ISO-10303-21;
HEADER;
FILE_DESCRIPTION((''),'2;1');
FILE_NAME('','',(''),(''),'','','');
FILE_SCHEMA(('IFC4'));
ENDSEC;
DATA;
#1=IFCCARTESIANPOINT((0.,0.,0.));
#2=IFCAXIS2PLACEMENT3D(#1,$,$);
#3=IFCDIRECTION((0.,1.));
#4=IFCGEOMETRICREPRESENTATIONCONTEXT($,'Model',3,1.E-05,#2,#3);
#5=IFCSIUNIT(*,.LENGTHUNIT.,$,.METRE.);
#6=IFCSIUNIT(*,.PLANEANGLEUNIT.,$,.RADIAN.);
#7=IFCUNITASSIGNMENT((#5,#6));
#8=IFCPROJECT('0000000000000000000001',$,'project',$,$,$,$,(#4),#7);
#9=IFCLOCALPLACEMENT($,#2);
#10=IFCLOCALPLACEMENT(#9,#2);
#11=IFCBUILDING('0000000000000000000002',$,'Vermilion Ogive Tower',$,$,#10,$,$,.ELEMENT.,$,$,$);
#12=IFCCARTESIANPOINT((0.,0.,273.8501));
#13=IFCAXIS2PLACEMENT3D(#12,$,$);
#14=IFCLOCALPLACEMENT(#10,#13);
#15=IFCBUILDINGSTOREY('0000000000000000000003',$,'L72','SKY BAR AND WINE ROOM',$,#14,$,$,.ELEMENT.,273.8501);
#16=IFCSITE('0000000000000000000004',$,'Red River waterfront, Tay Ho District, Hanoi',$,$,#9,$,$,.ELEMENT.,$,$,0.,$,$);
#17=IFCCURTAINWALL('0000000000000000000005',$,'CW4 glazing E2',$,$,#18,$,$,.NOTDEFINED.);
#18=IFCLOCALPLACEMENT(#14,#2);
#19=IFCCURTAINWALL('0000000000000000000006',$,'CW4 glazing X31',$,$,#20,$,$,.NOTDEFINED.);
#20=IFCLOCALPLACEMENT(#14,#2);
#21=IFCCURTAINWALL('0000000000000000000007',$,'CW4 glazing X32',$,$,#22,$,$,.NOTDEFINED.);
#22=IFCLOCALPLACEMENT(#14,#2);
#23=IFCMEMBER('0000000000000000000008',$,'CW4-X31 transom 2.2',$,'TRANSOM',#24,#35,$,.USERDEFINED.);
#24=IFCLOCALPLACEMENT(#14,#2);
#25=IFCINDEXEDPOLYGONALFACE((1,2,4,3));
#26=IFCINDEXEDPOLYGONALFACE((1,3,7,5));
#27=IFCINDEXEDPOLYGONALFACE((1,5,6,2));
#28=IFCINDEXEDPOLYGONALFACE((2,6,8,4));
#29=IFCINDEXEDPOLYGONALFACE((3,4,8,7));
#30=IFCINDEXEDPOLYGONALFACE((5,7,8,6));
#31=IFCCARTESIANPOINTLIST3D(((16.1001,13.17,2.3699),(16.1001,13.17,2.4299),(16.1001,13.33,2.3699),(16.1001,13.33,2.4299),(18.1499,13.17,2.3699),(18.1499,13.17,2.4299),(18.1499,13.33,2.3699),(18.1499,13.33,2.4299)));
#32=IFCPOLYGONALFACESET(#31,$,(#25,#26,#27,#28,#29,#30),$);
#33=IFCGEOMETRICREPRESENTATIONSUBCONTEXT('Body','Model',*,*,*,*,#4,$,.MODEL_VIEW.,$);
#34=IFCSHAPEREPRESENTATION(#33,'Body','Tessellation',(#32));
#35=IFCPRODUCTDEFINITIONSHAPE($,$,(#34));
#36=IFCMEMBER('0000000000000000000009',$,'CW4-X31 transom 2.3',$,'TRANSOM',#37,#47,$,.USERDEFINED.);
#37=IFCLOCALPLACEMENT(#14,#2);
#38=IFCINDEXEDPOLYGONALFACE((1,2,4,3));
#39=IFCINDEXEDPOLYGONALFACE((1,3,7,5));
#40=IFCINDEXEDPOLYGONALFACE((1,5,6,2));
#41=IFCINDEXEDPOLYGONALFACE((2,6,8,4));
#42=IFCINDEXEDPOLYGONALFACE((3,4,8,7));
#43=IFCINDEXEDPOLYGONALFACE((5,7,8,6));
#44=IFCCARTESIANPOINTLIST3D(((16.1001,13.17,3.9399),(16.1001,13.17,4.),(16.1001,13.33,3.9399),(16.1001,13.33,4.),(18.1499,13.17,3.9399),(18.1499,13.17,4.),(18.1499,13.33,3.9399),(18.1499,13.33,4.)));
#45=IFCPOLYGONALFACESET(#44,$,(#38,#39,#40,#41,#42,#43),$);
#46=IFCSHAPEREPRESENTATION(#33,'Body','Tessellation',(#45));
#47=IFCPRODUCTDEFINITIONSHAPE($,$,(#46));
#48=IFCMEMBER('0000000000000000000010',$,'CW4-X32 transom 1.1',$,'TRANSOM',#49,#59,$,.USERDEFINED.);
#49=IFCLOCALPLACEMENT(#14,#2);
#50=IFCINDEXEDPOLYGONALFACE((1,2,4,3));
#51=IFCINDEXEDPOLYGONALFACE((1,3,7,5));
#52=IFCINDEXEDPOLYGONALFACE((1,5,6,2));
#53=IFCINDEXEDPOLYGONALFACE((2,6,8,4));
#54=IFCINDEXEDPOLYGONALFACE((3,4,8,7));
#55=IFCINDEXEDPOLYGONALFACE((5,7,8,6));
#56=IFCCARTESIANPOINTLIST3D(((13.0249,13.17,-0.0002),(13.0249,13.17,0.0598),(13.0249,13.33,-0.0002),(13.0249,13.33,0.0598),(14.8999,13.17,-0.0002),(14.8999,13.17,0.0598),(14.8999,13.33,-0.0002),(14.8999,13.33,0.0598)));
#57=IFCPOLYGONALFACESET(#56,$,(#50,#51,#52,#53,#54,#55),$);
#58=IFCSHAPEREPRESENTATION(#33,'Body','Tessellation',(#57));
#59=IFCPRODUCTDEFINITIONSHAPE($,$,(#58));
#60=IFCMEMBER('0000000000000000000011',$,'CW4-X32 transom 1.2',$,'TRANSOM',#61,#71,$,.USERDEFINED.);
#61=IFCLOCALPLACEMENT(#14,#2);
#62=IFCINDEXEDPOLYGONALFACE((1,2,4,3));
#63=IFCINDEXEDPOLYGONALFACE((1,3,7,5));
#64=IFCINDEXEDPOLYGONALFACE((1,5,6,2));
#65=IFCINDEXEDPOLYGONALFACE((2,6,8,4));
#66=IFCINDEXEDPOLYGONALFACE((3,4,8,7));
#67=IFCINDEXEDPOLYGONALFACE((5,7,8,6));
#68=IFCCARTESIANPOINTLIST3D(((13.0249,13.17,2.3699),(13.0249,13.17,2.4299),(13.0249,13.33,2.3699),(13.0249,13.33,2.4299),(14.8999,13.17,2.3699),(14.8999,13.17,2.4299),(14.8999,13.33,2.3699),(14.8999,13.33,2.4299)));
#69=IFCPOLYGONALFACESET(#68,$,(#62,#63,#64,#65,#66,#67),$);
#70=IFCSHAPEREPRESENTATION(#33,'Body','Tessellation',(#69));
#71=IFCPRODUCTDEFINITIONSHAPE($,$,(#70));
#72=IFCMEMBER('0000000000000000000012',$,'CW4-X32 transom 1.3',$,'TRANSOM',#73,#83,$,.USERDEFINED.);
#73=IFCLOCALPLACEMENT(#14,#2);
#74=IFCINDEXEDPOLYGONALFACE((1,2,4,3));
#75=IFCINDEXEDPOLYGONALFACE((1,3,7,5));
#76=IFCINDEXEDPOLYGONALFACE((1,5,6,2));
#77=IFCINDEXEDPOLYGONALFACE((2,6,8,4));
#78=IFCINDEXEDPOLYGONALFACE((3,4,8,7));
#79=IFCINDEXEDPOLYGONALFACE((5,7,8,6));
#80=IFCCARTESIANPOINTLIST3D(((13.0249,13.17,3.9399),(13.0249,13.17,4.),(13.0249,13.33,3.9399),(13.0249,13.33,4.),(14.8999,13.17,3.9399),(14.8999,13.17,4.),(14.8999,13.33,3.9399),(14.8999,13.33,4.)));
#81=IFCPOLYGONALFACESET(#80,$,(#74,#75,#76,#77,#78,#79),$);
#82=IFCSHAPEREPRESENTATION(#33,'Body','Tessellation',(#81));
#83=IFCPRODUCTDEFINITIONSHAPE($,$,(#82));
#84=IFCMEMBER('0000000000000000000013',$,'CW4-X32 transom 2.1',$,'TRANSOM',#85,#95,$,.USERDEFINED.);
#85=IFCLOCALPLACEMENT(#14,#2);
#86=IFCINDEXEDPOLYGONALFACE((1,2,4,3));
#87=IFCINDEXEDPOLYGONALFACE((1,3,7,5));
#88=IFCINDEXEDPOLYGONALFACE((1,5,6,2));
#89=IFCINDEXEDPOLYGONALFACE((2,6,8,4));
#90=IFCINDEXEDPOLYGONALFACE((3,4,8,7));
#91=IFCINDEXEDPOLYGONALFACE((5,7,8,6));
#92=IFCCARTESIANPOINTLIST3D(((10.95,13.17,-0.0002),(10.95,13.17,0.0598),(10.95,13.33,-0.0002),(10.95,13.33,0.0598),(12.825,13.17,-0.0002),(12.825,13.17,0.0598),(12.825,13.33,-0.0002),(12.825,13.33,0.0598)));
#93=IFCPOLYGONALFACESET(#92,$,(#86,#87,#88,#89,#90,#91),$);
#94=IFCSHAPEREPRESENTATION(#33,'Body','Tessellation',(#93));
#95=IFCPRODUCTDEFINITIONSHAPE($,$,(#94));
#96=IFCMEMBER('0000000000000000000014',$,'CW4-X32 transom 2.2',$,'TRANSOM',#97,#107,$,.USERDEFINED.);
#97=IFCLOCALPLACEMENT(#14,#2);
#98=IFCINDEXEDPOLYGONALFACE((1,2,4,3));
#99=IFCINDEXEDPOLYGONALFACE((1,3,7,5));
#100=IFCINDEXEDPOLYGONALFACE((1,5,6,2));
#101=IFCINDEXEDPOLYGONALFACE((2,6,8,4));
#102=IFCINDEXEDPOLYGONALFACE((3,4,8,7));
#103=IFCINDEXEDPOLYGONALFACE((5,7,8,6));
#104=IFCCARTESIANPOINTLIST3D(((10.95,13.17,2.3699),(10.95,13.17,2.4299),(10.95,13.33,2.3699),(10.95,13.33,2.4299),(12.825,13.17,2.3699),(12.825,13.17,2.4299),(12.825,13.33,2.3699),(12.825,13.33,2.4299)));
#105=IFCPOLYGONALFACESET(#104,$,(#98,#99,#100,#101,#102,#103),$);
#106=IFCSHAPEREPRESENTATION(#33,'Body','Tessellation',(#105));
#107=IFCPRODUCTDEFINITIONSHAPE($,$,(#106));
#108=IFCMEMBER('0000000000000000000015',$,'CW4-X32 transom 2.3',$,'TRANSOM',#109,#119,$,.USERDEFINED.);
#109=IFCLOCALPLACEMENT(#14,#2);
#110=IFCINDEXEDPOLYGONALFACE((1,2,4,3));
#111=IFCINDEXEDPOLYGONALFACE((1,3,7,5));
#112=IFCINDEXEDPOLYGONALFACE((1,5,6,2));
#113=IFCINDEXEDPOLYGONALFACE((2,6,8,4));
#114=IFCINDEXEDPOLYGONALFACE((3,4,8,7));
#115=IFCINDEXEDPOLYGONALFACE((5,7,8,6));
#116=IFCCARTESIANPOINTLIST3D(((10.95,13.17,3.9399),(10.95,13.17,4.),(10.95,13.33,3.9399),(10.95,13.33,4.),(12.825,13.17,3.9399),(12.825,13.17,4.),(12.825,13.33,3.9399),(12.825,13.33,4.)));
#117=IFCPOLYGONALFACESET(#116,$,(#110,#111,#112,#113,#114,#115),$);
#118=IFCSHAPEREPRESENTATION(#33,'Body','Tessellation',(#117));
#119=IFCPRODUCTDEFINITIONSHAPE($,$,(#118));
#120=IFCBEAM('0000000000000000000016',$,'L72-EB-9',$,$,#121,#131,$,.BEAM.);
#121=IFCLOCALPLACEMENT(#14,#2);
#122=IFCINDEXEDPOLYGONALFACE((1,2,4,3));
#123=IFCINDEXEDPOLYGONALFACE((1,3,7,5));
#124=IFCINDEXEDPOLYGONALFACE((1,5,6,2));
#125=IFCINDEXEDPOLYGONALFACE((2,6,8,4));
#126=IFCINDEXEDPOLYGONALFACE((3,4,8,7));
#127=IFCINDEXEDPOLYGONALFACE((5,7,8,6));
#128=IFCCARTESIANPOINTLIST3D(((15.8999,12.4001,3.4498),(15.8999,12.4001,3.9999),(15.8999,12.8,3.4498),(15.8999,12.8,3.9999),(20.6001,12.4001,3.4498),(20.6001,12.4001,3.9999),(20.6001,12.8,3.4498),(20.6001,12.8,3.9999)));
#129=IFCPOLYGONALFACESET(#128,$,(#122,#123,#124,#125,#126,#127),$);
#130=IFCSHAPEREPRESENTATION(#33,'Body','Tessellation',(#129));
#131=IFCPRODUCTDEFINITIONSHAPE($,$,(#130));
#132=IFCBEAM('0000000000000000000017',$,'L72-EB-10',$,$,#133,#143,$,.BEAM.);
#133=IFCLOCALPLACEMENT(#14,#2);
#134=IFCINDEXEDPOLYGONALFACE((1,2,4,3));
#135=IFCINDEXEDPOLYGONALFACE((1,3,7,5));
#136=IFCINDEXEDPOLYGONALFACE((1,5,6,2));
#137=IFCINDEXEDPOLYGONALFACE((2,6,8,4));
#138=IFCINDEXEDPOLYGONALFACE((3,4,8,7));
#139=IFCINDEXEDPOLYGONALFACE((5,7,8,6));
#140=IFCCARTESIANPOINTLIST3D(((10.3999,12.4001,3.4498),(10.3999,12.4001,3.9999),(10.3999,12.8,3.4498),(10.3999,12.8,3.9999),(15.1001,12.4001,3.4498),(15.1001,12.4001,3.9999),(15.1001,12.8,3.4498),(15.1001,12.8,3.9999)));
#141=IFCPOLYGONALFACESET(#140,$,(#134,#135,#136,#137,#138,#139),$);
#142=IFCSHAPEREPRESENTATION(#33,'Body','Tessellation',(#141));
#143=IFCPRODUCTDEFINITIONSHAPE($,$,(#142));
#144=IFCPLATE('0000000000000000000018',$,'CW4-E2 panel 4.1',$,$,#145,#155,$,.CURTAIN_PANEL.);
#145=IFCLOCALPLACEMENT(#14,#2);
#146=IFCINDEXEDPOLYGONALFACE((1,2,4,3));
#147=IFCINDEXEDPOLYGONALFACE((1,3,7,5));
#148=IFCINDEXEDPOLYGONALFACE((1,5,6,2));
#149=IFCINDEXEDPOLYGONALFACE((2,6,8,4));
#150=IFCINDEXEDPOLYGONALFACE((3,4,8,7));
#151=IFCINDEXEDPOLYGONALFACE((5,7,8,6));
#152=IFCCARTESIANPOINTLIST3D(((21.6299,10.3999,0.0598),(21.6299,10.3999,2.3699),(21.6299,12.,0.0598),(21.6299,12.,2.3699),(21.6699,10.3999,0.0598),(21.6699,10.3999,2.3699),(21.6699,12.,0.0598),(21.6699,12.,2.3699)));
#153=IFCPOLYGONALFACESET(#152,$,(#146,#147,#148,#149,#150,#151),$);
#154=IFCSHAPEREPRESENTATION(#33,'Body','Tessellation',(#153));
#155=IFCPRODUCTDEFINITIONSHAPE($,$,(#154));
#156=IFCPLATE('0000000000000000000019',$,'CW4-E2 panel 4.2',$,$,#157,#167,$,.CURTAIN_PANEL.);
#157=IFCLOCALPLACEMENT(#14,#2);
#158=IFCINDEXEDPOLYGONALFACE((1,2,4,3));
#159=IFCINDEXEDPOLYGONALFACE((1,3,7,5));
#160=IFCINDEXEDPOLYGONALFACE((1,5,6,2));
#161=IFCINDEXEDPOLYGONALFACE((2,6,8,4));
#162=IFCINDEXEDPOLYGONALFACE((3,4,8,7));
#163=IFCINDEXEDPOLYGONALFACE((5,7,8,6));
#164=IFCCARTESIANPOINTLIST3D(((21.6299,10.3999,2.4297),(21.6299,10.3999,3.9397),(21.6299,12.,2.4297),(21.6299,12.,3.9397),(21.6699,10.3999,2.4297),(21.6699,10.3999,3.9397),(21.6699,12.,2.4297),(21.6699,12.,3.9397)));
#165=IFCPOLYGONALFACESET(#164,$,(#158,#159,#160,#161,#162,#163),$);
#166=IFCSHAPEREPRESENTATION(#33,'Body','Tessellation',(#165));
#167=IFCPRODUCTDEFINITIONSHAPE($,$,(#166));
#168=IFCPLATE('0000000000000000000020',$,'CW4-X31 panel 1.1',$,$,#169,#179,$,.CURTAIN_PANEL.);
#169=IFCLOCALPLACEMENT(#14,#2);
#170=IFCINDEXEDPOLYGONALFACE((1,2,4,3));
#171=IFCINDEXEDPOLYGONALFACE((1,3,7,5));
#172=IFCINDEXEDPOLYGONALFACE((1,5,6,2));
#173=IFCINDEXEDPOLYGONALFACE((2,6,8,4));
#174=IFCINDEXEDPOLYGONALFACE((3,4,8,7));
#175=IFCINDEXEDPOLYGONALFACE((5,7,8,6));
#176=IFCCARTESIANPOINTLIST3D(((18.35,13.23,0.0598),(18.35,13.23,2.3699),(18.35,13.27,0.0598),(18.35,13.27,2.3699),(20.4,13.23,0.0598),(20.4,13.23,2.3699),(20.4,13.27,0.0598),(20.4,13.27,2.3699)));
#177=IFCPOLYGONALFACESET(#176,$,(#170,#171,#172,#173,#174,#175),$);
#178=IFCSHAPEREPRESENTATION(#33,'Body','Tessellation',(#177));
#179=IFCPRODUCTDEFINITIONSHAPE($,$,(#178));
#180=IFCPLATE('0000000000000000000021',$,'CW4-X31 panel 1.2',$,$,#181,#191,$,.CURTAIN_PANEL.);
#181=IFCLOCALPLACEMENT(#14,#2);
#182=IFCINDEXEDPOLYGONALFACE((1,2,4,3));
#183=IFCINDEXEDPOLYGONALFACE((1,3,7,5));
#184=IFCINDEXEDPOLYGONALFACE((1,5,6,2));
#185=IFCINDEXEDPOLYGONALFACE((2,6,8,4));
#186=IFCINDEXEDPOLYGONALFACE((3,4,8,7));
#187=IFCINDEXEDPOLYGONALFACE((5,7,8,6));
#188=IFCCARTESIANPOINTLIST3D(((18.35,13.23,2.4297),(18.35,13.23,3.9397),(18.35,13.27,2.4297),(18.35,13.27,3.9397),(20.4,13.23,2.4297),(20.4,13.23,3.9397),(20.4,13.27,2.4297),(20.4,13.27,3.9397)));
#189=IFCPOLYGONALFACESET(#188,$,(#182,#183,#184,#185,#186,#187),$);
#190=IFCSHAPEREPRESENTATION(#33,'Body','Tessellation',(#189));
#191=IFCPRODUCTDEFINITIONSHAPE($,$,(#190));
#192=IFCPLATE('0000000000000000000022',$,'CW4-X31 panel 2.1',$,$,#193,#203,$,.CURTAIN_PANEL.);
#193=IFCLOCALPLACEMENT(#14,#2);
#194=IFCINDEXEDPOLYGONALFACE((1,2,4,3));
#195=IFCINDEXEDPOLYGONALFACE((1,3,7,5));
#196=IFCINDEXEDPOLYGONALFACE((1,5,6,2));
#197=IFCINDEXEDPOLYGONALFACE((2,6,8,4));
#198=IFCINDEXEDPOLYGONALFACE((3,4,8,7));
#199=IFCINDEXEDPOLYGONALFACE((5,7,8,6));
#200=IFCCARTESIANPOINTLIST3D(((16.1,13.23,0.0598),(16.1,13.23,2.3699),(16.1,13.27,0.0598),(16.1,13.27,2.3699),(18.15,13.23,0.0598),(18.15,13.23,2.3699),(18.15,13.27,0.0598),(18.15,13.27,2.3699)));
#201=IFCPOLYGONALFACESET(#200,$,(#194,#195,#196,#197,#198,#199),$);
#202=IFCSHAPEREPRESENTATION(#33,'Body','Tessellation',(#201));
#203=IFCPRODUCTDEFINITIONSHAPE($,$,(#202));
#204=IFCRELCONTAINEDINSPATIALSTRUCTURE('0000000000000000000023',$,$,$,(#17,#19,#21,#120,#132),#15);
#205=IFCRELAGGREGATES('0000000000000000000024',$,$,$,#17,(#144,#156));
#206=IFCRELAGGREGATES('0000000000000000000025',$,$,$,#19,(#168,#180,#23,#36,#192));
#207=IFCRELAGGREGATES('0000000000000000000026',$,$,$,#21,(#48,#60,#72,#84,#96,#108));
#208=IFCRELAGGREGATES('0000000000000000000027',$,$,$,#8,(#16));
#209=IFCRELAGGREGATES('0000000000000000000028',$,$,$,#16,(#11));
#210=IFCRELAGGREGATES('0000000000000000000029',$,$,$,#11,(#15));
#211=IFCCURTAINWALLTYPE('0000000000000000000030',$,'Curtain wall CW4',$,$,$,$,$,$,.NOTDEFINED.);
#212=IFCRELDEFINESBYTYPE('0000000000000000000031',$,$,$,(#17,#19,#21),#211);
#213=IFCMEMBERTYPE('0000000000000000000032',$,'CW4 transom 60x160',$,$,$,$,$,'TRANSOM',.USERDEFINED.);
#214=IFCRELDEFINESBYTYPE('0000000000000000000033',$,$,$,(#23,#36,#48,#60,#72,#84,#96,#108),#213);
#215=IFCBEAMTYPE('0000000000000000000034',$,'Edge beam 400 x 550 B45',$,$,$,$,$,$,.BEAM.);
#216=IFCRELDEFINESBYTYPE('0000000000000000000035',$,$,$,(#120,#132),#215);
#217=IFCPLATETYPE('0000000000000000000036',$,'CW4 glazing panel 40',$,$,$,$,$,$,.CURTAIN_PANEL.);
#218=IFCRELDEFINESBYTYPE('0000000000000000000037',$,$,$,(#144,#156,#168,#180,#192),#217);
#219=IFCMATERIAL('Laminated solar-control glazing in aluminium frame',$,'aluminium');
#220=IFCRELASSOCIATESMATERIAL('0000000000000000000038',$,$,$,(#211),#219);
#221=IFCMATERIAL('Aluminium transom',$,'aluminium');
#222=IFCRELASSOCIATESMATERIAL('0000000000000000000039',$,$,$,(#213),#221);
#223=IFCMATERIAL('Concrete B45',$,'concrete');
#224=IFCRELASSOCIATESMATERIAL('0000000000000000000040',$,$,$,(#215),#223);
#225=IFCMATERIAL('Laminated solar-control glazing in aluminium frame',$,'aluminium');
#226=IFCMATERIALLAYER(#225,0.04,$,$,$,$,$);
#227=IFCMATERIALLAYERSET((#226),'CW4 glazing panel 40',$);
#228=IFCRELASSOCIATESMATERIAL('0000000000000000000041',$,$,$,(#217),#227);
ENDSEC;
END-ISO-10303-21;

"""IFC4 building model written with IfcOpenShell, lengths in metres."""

from ifc_helpers import new_model, si_unit, direction, frame, origin, origin_2d, place, context, subcontext, project, spatial, rectangle, extrude, material, layer, layer_set, material_profile, profile_set, type_object, element, aggregate, save


model = new_model("IFC4")

# Units and contexts
model_context = context("Model", 3, precision=1e-05, world=origin(), true_north=direction((0.0, 1.0)))
body_context = subcontext(model_context, "Body", "Model", "MODEL_VIEW")
ifc_project = project(units=[si_unit("LENGTHUNIT", "METRE"), si_unit("PLANEANGLEUNIT", "RADIAN")], contexts=[model_context])

# Site, building, storey
site_placement = place(None, origin())
site = spatial("IfcSite", under=ifc_project, at=site_placement, Name="Red River waterfront, Tay Ho District, Hanoi", CompositionType="ELEMENT", RefElevation=0.0)
building_placement = place(site_placement, origin())
building = spatial("IfcBuilding", under=site, at=building_placement, Name="Vermilion Ogive Tower", CompositionType="ELEMENT")
storey_placement = place(building_placement, frame((0.0, 0.0, 273.8501)))
storey = spatial("IfcBuildingStorey", under=building, at=storey_placement, Name="L72", Description="SKY BAR AND WINE ROOM", CompositionType="ELEMENT", Elevation=273.8501)

# Curtain wall
ifc_material_1 = material(Name="Laminated solar-control glazing in aluminium frame", Category="aluminium")
curtain_wall_type = type_object("IfcCurtainWallType", Name="Curtain wall CW4", PredefinedType="NOTDEFINED", material=ifc_material_1)
curtain_wall_1_placement = place(storey_placement, origin())
curtain_wall_1 = element("IfcCurtainWall", 1, at=curtain_wall_1_placement, inside=storey, type_object=curtain_wall_type, Name="CW4 glazing E2", PredefinedType="NOTDEFINED")

# Curtain walls
curtain_wall_2_placement = place(storey_placement, origin())
curtain_wall_2 = element("IfcCurtainWall", 2, at=curtain_wall_2_placement, inside=storey, type_object=curtain_wall_type, Name="CW4 glazing X31", PredefinedType="NOTDEFINED")
curtain_wall_3_placement = place(storey_placement, origin())
curtain_wall_3 = element("IfcCurtainWall", 3, at=curtain_wall_3_placement, inside=storey, type_object=curtain_wall_type, Name="CW4 glazing X32", PredefinedType="NOTDEFINED")

# Members
ifc_material_2 = material(Name="Aluminium transom", Category="aluminium")
ifc_material_profile_1 = material_profile(ifc_material_2, rectangle(XDim=0.1599, YDim=0.0601, at=origin_2d()), Name="AL 60x160")
ifc_profile_set_1 = profile_set([ifc_material_profile_1], Name="Aluminium transom")
member_type_1 = type_object("IfcMemberType", Name="CW4 transom 60x160", ElementType="TRANSOM", PredefinedType="USERDEFINED", material=ifc_profile_set_1)
member_1_placement = place(storey_placement, frame((18.1499, 13.25, 2.3999), z_axis=(-1.0, 0.0, 0.0), x_axis=(0.0, -1.0, 0.0)))
member_1 = element("IfcMember", 4, at=member_1_placement, type_object=member_type_1, Name="CW4-X31 transom 2.2", ObjectType="TRANSOM", PredefinedType="USERDEFINED", context=body_context, shape_type="SweptSolid", body=[
    extrude(rectangle(XDim=0.1599, YDim=0.0601, at=origin_2d()), origin(), (0.0, 0.0, 1.0), 2.0498),
])
member_2_placement = place(storey_placement, frame((18.1499, 13.25, 3.97), z_axis=(-1.0, 0.0, 0.0), x_axis=(0.0, -1.0, 0.0)))
member_2 = element("IfcMember", 5, at=member_2_placement, type_object=member_type_1, Name="CW4-X31 transom 2.3", ObjectType="TRANSOM", PredefinedType="USERDEFINED", context=body_context, shape_type="SweptSolid", body=[
    extrude(rectangle(XDim=0.1599, YDim=0.0601, at=origin_2d()), origin(), (0.0, 0.0, 1.0), 2.0498),
])
member_3_placement = place(storey_placement, frame((14.8999, 13.25, 0.0298), z_axis=(-1.0, 0.0, 0.0), x_axis=(0.0, -1.0, 0.0)))
member_3 = element("IfcMember", 6, at=member_3_placement, type_object=member_type_1, Name="CW4-X32 transom 1.1", ObjectType="TRANSOM", PredefinedType="USERDEFINED", context=body_context, shape_type="SweptSolid", body=[
    extrude(rectangle(XDim=0.1599, YDim=0.0601, at=origin_2d()), origin(), (0.0, 0.0, 1.0), 1.875),
])
member_4_placement = place(storey_placement, frame((14.8999, 13.25, 2.3999), z_axis=(-1.0, 0.0, 0.0), x_axis=(0.0, -1.0, 0.0)))
member_4 = element("IfcMember", 7, at=member_4_placement, type_object=member_type_1, Name="CW4-X32 transom 1.2", ObjectType="TRANSOM", PredefinedType="USERDEFINED", context=body_context, shape_type="SweptSolid", body=[
    extrude(rectangle(XDim=0.1599, YDim=0.0601, at=origin_2d()), origin(), (0.0, 0.0, 1.0), 1.875),
])
member_5_placement = place(storey_placement, frame((14.8999, 13.25, 3.97), z_axis=(-1.0, 0.0, 0.0), x_axis=(0.0, -1.0, 0.0)))
member_5 = element("IfcMember", 8, at=member_5_placement, type_object=member_type_1, Name="CW4-X32 transom 1.3", ObjectType="TRANSOM", PredefinedType="USERDEFINED", context=body_context, shape_type="SweptSolid", body=[
    extrude(rectangle(XDim=0.1599, YDim=0.0601, at=origin_2d()), origin(), (0.0, 0.0, 1.0), 1.875),
])
member_6_placement = place(storey_placement, frame((12.825, 13.25, 0.0298), z_axis=(-1.0, 0.0, 0.0), x_axis=(0.0, -1.0, 0.0)))
member_6 = element("IfcMember", 9, at=member_6_placement, type_object=member_type_1, Name="CW4-X32 transom 2.1", ObjectType="TRANSOM", PredefinedType="USERDEFINED", context=body_context, shape_type="SweptSolid", body=[
    extrude(rectangle(XDim=0.1599, YDim=0.0601, at=origin_2d()), origin(), (0.0, 0.0, 1.0), 1.875),
])
member_7_placement = place(storey_placement, frame((12.825, 13.25, 2.3999), z_axis=(-1.0, 0.0, 0.0), x_axis=(0.0, -1.0, 0.0)))
member_7 = element("IfcMember", 10, at=member_7_placement, type_object=member_type_1, Name="CW4-X32 transom 2.2", ObjectType="TRANSOM", PredefinedType="USERDEFINED", context=body_context, shape_type="SweptSolid", body=[
    extrude(rectangle(XDim=0.1599, YDim=0.0601, at=origin_2d()), origin(), (0.0, 0.0, 1.0), 1.875),
])
member_8_placement = place(storey_placement, frame((12.825, 13.25, 3.97), z_axis=(-1.0, 0.0, 0.0), x_axis=(0.0, -1.0, 0.0)))
member_8 = element("IfcMember", 11, at=member_8_placement, type_object=member_type_1, Name="CW4-X32 transom 2.3", ObjectType="TRANSOM", PredefinedType="USERDEFINED", context=body_context, shape_type="SweptSolid", body=[
    extrude(rectangle(XDim=0.1599, YDim=0.0601, at=origin_2d()), origin(), (0.0, 0.0, 1.0), 1.875),
])

# Beams
ifc_material_3 = material(Name="Concrete B45", Category="concrete")
ifc_material_profile_2 = material_profile(ifc_material_3, rectangle(XDim=0.3999, YDim=0.55, at=origin_2d()), Name="400 x 550")
ifc_profile_set_2 = profile_set([ifc_material_profile_2], Name="Concrete B45")
beam_type = type_object("IfcBeamType", Name="Edge beam 400 x 550 B45", PredefinedType="BEAM", material=ifc_profile_set_2)
for number, where, z_axis, x_axis, name in (
    (12, (20.6001, 12.6001, 3.7249), (-1.0, 0.0, 0.0), (0.0, -1.0, 0.0), "L72-EB-9"),
    (13, (15.1001, 12.6001, 3.7249), (-1.0, 0.0, 0.0), (0.0, -1.0, 0.0), "L72-EB-10"),
):
    element("IfcBeam", number, at=place(storey_placement, frame(where, z_axis=z_axis, x_axis=x_axis)), inside=storey, type_object=beam_type, Name=name, PredefinedType="BEAM", context=body_context, shape_type="SweptSolid", body=[
        extrude(rectangle(XDim=0.3999, YDim=0.55, at=origin_2d()), origin(), (0.0, 0.0, 1.0), 4.7002),
    ])

# Plates
ifc_material_4 = material(Name="Laminated solar-control glazing in aluminium frame", Category="aluminium")
ifc_layer_1 = layer(ifc_material_4, 0.04)
ifc_layer_set_1 = layer_set([ifc_layer_1], Name="CW4 glazing panel 40")
plate_type = type_object("IfcPlateType", Name="CW4 glazing panel 40", PredefinedType="CURTAIN_PANEL", material=ifc_layer_set_1)
plate_1_placement = place(storey_placement, frame((21.6499, 11.2, 0.0598), z_axis=(0.0, 0.0, 1.0), x_axis=(0.0, 1.0, 0.0)))
plate_1 = element("IfcPlate", 14, at=plate_1_placement, type_object=plate_type, Name="CW4-E2 panel 4.1", PredefinedType="CURTAIN_PANEL", context=body_context, shape_type="SweptSolid", body=[
    extrude(rectangle(XDim=1.6001, YDim=0.04, at=origin_2d()), origin(), (0.0, 0.0, 1.0), 2.3101),
])
plate_2_placement = place(storey_placement, frame((21.6499, 11.2, 2.4297), z_axis=(0.0, 0.0, 1.0), x_axis=(0.0, 1.0, 0.0)))
plate_2 = element("IfcPlate", 15, at=plate_2_placement, type_object=plate_type, Name="CW4-E2 panel 4.2", PredefinedType="CURTAIN_PANEL", context=body_context, shape_type="SweptSolid", body=[
    extrude(rectangle(XDim=1.6001, YDim=0.04, at=origin_2d()), origin(), (0.0, 0.0, 1.0), 1.51),
])
aggregate(curtain_wall_1, [plate_1, plate_2])
plate_3_placement = place(storey_placement, frame((19.375, 13.25, 0.0598), z_axis=(0.0, 0.0, 1.0), x_axis=(-1.0, 0.0, 0.0)))
plate_3 = element("IfcPlate", 16, at=plate_3_placement, type_object=plate_type, Name="CW4-X31 panel 1.1", PredefinedType="CURTAIN_PANEL", context=body_context, shape_type="SweptSolid", body=[
    extrude(rectangle(XDim=2.05, YDim=0.04, at=origin_2d()), origin(), (0.0, 0.0, 1.0), 2.3101),
])
plate_4_placement = place(storey_placement, frame((19.375, 13.25, 2.4297), z_axis=(0.0, 0.0, 1.0), x_axis=(-1.0, 0.0, 0.0)))
plate_4 = element("IfcPlate", 17, at=plate_4_placement, type_object=plate_type, Name="CW4-X31 panel 1.2", PredefinedType="CURTAIN_PANEL", context=body_context, shape_type="SweptSolid", body=[
    extrude(rectangle(XDim=2.05, YDim=0.04, at=origin_2d()), origin(), (0.0, 0.0, 1.0), 1.51),
])
plate_5_placement = place(storey_placement, frame((17.125, 13.25, 0.0598), z_axis=(0.0, 0.0, 1.0), x_axis=(-1.0, 0.0, 0.0)))
plate_5 = element("IfcPlate", 18, at=plate_5_placement, type_object=plate_type, Name="CW4-X31 panel 2.1", PredefinedType="CURTAIN_PANEL", context=body_context, shape_type="SweptSolid", body=[
    extrude(rectangle(XDim=2.05, YDim=0.04, at=origin_2d()), origin(), (0.0, 0.0, 1.0), 2.3101),
])
aggregate(curtain_wall_2, [plate_3, plate_4, member_1, member_2, plate_5])
aggregate(curtain_wall_3, [member_3, member_4, member_5, member_6, member_7, member_8])

save(model, "model.ifc")
